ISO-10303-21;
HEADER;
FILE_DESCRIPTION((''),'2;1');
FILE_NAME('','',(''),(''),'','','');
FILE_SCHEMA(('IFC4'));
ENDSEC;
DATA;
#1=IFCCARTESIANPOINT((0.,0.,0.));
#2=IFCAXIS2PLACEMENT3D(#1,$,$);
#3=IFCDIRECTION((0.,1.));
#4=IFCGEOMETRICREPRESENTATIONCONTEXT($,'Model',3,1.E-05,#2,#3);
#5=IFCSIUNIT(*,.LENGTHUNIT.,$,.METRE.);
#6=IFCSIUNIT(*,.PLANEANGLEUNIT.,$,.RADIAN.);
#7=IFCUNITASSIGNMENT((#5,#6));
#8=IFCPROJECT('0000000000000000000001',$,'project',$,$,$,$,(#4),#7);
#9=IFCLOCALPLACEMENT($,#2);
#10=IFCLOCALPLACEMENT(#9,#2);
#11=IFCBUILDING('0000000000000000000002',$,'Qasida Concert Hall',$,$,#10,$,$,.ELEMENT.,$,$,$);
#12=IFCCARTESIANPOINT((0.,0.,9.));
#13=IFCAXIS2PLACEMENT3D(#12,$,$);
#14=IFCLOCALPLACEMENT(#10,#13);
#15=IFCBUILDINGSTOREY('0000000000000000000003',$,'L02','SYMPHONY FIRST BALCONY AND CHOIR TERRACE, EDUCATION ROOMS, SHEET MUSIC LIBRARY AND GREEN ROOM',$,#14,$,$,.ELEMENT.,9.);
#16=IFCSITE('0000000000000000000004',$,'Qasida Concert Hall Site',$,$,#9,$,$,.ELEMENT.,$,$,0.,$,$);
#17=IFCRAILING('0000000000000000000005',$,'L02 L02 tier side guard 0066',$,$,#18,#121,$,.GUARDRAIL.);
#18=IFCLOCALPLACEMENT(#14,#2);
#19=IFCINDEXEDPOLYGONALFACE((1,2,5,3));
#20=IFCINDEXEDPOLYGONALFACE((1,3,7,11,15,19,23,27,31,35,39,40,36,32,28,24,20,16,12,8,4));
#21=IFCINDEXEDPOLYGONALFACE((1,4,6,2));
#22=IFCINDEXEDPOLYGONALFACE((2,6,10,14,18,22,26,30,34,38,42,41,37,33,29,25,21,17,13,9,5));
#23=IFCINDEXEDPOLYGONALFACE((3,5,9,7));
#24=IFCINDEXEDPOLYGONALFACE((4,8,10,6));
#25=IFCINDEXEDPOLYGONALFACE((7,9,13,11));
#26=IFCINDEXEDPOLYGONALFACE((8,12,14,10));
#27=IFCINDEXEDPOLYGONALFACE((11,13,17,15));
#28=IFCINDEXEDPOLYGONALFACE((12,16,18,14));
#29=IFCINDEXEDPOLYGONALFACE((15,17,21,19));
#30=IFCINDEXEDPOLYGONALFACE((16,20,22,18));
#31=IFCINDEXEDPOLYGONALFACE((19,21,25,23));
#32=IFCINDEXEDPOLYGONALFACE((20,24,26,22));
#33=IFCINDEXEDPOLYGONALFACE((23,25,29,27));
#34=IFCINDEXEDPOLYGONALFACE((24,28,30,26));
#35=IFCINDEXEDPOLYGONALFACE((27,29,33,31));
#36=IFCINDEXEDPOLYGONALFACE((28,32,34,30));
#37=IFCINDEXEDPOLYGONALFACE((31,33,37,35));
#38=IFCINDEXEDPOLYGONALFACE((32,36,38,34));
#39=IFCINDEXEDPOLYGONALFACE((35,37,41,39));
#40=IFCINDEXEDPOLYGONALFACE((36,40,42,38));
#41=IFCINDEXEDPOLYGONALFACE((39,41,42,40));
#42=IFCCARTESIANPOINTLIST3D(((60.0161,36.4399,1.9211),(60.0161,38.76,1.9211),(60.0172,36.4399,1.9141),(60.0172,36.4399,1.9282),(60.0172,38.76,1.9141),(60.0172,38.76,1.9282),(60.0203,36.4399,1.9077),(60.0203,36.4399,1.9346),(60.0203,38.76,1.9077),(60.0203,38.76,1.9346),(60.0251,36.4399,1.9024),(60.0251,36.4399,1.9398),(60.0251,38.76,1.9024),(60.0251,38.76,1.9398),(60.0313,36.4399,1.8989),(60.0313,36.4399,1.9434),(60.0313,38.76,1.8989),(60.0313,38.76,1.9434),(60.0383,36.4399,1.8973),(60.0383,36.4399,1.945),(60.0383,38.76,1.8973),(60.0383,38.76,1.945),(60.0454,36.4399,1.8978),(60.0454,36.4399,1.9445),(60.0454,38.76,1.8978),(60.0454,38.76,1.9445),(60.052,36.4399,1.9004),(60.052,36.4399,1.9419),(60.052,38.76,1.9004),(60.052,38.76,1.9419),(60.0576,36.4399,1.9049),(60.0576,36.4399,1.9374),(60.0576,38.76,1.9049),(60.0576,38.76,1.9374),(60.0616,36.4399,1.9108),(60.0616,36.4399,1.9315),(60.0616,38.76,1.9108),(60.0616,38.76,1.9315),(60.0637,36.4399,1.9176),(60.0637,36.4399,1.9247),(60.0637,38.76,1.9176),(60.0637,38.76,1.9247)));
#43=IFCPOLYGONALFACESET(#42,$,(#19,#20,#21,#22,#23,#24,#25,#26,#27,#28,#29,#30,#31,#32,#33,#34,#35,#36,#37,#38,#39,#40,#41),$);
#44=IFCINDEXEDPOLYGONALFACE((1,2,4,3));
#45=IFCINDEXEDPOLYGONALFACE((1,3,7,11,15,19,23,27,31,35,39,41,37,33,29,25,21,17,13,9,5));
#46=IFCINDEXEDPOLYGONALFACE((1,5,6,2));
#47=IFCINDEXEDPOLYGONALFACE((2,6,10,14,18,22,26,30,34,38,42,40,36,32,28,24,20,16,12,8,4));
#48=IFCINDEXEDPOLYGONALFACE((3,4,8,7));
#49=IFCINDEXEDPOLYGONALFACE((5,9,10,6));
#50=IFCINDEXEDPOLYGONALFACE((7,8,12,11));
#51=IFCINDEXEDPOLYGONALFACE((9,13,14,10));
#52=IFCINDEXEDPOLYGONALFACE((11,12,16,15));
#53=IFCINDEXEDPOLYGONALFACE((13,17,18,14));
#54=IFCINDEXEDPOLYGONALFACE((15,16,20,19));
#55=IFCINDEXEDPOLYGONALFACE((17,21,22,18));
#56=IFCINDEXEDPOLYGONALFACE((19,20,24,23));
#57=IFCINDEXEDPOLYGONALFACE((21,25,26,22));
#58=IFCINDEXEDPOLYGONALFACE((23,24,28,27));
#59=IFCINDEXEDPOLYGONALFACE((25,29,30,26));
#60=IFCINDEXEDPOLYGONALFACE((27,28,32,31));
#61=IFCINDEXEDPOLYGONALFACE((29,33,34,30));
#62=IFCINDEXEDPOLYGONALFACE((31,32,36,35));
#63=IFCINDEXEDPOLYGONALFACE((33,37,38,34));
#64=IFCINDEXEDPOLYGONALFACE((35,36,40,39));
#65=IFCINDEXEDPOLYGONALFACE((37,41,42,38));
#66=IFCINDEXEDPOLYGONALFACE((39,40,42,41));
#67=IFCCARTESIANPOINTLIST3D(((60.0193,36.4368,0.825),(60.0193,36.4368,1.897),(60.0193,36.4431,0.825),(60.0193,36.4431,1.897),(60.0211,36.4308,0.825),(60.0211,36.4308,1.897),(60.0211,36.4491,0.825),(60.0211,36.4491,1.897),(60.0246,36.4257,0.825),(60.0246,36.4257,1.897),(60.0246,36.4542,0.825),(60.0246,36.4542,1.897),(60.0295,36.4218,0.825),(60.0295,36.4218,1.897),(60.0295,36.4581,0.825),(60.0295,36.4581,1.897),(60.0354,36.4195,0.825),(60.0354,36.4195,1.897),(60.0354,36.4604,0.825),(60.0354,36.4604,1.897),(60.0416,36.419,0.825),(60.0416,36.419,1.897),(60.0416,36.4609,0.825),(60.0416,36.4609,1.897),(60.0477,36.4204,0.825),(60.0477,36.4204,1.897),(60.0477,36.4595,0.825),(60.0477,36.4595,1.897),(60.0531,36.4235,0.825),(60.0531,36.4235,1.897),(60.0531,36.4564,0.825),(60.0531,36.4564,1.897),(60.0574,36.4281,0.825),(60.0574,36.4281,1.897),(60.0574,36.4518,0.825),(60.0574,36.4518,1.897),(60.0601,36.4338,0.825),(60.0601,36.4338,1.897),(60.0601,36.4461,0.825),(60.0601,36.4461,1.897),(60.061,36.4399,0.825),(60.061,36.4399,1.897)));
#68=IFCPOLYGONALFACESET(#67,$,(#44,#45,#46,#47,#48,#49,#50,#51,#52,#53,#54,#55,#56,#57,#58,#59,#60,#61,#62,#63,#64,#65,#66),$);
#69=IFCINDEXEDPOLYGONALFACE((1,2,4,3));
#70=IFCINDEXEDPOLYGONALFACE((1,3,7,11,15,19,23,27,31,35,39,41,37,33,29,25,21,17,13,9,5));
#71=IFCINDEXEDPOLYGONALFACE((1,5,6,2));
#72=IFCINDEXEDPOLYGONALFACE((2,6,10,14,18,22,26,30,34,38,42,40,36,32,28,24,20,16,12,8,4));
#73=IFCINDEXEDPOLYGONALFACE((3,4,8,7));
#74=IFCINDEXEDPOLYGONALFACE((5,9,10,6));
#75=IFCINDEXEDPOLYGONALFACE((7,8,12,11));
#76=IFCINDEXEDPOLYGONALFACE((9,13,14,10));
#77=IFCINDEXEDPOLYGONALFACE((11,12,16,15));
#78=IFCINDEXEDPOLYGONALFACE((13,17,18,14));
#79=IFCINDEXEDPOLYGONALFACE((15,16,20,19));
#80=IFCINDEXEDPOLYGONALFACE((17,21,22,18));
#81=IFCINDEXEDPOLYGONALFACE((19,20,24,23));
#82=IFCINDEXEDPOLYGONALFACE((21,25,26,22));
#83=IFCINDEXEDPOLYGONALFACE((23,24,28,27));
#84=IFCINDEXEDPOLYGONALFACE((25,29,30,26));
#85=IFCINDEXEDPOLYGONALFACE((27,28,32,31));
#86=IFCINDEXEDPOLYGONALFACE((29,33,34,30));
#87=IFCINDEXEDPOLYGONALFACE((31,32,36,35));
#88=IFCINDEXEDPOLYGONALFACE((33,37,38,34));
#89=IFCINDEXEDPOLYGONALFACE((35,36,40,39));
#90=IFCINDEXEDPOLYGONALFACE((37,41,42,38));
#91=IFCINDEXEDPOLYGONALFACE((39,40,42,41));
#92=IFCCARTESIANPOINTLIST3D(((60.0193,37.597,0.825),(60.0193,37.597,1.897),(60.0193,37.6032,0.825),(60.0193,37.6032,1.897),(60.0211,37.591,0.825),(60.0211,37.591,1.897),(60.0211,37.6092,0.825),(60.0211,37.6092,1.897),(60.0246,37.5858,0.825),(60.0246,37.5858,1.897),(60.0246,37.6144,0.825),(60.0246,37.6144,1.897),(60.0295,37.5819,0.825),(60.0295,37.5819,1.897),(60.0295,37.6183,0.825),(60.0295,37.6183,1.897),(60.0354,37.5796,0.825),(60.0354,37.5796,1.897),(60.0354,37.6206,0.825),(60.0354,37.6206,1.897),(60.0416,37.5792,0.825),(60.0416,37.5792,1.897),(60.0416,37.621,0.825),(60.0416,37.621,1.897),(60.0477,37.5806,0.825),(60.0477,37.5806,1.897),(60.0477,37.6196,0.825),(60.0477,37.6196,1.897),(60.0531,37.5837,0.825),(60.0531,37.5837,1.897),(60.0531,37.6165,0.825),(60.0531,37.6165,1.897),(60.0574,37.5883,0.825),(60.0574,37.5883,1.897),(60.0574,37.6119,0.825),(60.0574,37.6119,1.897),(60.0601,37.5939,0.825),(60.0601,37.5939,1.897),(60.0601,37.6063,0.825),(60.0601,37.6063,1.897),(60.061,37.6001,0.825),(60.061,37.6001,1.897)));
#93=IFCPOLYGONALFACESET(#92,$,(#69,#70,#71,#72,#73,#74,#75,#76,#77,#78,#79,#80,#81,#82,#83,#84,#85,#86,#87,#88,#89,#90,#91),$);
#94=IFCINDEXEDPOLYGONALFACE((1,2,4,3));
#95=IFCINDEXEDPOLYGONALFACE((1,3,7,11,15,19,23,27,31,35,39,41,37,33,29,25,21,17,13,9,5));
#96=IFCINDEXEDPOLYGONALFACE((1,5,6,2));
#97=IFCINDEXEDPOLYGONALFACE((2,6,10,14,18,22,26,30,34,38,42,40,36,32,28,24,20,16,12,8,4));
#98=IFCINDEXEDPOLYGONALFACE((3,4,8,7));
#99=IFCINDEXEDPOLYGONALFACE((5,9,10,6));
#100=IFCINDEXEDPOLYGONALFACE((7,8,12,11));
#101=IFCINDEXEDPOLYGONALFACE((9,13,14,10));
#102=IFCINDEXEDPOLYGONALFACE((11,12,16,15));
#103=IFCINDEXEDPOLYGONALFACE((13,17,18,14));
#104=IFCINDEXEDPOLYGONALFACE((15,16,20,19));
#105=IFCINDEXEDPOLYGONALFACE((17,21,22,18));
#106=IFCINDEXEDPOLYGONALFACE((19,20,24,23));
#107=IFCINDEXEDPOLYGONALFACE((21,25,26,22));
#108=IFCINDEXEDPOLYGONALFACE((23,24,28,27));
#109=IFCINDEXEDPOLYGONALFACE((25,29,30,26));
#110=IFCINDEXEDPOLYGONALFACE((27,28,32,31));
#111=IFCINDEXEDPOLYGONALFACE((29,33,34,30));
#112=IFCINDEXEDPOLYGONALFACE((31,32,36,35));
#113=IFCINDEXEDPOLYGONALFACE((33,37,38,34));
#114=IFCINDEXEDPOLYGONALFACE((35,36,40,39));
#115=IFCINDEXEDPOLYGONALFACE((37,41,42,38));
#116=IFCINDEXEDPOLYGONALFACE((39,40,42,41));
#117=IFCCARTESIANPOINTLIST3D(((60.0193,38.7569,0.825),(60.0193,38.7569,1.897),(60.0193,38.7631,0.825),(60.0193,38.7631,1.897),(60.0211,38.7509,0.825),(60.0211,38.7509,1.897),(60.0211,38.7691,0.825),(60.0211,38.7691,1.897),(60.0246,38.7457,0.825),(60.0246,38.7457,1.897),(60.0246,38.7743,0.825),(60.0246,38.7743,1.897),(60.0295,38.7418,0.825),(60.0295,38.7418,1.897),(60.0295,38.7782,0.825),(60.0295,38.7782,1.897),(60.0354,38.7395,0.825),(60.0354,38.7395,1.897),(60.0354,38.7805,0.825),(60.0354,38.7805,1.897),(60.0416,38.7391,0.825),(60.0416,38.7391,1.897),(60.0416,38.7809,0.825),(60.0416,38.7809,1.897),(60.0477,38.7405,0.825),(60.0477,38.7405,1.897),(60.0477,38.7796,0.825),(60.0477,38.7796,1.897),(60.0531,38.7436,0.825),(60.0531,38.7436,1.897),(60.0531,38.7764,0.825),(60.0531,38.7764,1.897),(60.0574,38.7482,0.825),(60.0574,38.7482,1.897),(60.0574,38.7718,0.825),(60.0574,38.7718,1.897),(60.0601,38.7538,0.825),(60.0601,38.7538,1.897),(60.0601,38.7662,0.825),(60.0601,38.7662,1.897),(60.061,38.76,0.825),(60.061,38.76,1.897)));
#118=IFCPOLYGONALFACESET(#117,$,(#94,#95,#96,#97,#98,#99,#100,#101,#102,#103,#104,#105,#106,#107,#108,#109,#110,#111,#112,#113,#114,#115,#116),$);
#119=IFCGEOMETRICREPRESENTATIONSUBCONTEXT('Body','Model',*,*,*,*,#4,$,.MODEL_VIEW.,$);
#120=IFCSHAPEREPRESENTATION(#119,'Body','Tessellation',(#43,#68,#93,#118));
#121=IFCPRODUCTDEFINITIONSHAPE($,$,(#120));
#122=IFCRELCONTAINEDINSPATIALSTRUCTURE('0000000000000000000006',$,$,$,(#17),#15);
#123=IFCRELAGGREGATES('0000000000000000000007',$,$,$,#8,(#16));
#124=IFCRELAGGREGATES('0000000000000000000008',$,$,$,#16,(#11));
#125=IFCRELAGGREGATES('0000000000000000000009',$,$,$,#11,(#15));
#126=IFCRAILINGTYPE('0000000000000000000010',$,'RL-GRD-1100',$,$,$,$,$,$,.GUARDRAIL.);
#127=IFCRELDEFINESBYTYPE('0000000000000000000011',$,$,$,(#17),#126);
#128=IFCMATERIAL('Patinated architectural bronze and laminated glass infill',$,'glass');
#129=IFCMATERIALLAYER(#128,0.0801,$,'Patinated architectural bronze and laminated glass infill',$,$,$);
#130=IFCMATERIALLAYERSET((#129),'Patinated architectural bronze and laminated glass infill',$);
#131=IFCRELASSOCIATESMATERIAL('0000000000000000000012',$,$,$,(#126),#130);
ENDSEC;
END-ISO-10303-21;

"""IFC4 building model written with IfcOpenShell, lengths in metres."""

from ifc_helpers import new_model, si_unit, direction, frame, origin, origin_2d, place, context, subcontext, project, spatial, circle, extrude, material, layer, layer_set, type_object, element, save


model = new_model("IFC4")

# Units and contexts
model_context = context("Model", 3, precision=1e-05, world=origin(), true_north=direction((0.0, 1.0)))
body_context = subcontext(model_context, "Body", "Model", "MODEL_VIEW")
ifc_project = project(units=[si_unit("LENGTHUNIT", "METRE"), si_unit("PLANEANGLEUNIT", "RADIAN")], contexts=[model_context])

# Site, building, storey
site_placement = place(None, origin())
site = spatial("IfcSite", under=ifc_project, at=site_placement, Name="Qasida Concert Hall Site", CompositionType="ELEMENT", RefElevation=0.0)
building_placement = place(site_placement, origin())
building = spatial("IfcBuilding", under=site, at=building_placement, Name="Qasida Concert Hall", CompositionType="ELEMENT")
storey_placement = place(building_placement, frame((0.0, 0.0, 9.0)))
storey = spatial("IfcBuildingStorey", under=building, at=storey_placement, Name="L02", Description="SYMPHONY FIRST BALCONY AND CHOIR TERRACE, EDUCATION ROOMS, SHEET MUSIC LIBRARY AND GREEN ROOM", CompositionType="ELEMENT", Elevation=9.0)

# Railing
ifc_material_1 = material(Name="Patinated architectural bronze and laminated glass infill", Category="glass")
ifc_layer_1 = layer(ifc_material_1, 0.0801, Name="Patinated architectural bronze and laminated glass infill")
ifc_layer_set_1 = layer_set([ifc_layer_1], Name="Patinated architectural bronze and laminated glass infill")
railing_type = type_object("IfcRailingType", Name="RL-GRD-1100", PredefinedType="GUARDRAIL", material=ifc_layer_set_1)
for number, where, name in (
    (1, (60.04, 36.4399, 0.825), "L02 L02 tier side guard 0066"),
):
    element("IfcRailing", number, at=place(storey_placement, frame(where)), inside=storey, type_object=railing_type, Name=name, PredefinedType="GUARDRAIL", context=body_context, shape_type="SweptSolid", body=[
        extrude(circle(Radius=0.0239, at=origin_2d()), frame((0.0, 0.0, 1.0962), z_axis=(0.0, 1.0, 0.0), x_axis=(-1.0, 0.0, 0.0)), (0.0, 0.0, 1.0), 2.3201),
        extrude(circle(Radius=0.021, at=origin_2d()), origin(), (0.0, 0.0, 1.0), 1.072),
        extrude(circle(Radius=0.021, at=origin_2d()), frame((0.0, 1.1602, 0.0)), (0.0, 0.0, 1.0), 1.072),
        extrude(circle(Radius=0.021, at=origin_2d()), frame((0.0, 2.3201, 0.0)), (0.0, 0.0, 1.0), 1.072),
    ])

save(model, "model.ifc")
